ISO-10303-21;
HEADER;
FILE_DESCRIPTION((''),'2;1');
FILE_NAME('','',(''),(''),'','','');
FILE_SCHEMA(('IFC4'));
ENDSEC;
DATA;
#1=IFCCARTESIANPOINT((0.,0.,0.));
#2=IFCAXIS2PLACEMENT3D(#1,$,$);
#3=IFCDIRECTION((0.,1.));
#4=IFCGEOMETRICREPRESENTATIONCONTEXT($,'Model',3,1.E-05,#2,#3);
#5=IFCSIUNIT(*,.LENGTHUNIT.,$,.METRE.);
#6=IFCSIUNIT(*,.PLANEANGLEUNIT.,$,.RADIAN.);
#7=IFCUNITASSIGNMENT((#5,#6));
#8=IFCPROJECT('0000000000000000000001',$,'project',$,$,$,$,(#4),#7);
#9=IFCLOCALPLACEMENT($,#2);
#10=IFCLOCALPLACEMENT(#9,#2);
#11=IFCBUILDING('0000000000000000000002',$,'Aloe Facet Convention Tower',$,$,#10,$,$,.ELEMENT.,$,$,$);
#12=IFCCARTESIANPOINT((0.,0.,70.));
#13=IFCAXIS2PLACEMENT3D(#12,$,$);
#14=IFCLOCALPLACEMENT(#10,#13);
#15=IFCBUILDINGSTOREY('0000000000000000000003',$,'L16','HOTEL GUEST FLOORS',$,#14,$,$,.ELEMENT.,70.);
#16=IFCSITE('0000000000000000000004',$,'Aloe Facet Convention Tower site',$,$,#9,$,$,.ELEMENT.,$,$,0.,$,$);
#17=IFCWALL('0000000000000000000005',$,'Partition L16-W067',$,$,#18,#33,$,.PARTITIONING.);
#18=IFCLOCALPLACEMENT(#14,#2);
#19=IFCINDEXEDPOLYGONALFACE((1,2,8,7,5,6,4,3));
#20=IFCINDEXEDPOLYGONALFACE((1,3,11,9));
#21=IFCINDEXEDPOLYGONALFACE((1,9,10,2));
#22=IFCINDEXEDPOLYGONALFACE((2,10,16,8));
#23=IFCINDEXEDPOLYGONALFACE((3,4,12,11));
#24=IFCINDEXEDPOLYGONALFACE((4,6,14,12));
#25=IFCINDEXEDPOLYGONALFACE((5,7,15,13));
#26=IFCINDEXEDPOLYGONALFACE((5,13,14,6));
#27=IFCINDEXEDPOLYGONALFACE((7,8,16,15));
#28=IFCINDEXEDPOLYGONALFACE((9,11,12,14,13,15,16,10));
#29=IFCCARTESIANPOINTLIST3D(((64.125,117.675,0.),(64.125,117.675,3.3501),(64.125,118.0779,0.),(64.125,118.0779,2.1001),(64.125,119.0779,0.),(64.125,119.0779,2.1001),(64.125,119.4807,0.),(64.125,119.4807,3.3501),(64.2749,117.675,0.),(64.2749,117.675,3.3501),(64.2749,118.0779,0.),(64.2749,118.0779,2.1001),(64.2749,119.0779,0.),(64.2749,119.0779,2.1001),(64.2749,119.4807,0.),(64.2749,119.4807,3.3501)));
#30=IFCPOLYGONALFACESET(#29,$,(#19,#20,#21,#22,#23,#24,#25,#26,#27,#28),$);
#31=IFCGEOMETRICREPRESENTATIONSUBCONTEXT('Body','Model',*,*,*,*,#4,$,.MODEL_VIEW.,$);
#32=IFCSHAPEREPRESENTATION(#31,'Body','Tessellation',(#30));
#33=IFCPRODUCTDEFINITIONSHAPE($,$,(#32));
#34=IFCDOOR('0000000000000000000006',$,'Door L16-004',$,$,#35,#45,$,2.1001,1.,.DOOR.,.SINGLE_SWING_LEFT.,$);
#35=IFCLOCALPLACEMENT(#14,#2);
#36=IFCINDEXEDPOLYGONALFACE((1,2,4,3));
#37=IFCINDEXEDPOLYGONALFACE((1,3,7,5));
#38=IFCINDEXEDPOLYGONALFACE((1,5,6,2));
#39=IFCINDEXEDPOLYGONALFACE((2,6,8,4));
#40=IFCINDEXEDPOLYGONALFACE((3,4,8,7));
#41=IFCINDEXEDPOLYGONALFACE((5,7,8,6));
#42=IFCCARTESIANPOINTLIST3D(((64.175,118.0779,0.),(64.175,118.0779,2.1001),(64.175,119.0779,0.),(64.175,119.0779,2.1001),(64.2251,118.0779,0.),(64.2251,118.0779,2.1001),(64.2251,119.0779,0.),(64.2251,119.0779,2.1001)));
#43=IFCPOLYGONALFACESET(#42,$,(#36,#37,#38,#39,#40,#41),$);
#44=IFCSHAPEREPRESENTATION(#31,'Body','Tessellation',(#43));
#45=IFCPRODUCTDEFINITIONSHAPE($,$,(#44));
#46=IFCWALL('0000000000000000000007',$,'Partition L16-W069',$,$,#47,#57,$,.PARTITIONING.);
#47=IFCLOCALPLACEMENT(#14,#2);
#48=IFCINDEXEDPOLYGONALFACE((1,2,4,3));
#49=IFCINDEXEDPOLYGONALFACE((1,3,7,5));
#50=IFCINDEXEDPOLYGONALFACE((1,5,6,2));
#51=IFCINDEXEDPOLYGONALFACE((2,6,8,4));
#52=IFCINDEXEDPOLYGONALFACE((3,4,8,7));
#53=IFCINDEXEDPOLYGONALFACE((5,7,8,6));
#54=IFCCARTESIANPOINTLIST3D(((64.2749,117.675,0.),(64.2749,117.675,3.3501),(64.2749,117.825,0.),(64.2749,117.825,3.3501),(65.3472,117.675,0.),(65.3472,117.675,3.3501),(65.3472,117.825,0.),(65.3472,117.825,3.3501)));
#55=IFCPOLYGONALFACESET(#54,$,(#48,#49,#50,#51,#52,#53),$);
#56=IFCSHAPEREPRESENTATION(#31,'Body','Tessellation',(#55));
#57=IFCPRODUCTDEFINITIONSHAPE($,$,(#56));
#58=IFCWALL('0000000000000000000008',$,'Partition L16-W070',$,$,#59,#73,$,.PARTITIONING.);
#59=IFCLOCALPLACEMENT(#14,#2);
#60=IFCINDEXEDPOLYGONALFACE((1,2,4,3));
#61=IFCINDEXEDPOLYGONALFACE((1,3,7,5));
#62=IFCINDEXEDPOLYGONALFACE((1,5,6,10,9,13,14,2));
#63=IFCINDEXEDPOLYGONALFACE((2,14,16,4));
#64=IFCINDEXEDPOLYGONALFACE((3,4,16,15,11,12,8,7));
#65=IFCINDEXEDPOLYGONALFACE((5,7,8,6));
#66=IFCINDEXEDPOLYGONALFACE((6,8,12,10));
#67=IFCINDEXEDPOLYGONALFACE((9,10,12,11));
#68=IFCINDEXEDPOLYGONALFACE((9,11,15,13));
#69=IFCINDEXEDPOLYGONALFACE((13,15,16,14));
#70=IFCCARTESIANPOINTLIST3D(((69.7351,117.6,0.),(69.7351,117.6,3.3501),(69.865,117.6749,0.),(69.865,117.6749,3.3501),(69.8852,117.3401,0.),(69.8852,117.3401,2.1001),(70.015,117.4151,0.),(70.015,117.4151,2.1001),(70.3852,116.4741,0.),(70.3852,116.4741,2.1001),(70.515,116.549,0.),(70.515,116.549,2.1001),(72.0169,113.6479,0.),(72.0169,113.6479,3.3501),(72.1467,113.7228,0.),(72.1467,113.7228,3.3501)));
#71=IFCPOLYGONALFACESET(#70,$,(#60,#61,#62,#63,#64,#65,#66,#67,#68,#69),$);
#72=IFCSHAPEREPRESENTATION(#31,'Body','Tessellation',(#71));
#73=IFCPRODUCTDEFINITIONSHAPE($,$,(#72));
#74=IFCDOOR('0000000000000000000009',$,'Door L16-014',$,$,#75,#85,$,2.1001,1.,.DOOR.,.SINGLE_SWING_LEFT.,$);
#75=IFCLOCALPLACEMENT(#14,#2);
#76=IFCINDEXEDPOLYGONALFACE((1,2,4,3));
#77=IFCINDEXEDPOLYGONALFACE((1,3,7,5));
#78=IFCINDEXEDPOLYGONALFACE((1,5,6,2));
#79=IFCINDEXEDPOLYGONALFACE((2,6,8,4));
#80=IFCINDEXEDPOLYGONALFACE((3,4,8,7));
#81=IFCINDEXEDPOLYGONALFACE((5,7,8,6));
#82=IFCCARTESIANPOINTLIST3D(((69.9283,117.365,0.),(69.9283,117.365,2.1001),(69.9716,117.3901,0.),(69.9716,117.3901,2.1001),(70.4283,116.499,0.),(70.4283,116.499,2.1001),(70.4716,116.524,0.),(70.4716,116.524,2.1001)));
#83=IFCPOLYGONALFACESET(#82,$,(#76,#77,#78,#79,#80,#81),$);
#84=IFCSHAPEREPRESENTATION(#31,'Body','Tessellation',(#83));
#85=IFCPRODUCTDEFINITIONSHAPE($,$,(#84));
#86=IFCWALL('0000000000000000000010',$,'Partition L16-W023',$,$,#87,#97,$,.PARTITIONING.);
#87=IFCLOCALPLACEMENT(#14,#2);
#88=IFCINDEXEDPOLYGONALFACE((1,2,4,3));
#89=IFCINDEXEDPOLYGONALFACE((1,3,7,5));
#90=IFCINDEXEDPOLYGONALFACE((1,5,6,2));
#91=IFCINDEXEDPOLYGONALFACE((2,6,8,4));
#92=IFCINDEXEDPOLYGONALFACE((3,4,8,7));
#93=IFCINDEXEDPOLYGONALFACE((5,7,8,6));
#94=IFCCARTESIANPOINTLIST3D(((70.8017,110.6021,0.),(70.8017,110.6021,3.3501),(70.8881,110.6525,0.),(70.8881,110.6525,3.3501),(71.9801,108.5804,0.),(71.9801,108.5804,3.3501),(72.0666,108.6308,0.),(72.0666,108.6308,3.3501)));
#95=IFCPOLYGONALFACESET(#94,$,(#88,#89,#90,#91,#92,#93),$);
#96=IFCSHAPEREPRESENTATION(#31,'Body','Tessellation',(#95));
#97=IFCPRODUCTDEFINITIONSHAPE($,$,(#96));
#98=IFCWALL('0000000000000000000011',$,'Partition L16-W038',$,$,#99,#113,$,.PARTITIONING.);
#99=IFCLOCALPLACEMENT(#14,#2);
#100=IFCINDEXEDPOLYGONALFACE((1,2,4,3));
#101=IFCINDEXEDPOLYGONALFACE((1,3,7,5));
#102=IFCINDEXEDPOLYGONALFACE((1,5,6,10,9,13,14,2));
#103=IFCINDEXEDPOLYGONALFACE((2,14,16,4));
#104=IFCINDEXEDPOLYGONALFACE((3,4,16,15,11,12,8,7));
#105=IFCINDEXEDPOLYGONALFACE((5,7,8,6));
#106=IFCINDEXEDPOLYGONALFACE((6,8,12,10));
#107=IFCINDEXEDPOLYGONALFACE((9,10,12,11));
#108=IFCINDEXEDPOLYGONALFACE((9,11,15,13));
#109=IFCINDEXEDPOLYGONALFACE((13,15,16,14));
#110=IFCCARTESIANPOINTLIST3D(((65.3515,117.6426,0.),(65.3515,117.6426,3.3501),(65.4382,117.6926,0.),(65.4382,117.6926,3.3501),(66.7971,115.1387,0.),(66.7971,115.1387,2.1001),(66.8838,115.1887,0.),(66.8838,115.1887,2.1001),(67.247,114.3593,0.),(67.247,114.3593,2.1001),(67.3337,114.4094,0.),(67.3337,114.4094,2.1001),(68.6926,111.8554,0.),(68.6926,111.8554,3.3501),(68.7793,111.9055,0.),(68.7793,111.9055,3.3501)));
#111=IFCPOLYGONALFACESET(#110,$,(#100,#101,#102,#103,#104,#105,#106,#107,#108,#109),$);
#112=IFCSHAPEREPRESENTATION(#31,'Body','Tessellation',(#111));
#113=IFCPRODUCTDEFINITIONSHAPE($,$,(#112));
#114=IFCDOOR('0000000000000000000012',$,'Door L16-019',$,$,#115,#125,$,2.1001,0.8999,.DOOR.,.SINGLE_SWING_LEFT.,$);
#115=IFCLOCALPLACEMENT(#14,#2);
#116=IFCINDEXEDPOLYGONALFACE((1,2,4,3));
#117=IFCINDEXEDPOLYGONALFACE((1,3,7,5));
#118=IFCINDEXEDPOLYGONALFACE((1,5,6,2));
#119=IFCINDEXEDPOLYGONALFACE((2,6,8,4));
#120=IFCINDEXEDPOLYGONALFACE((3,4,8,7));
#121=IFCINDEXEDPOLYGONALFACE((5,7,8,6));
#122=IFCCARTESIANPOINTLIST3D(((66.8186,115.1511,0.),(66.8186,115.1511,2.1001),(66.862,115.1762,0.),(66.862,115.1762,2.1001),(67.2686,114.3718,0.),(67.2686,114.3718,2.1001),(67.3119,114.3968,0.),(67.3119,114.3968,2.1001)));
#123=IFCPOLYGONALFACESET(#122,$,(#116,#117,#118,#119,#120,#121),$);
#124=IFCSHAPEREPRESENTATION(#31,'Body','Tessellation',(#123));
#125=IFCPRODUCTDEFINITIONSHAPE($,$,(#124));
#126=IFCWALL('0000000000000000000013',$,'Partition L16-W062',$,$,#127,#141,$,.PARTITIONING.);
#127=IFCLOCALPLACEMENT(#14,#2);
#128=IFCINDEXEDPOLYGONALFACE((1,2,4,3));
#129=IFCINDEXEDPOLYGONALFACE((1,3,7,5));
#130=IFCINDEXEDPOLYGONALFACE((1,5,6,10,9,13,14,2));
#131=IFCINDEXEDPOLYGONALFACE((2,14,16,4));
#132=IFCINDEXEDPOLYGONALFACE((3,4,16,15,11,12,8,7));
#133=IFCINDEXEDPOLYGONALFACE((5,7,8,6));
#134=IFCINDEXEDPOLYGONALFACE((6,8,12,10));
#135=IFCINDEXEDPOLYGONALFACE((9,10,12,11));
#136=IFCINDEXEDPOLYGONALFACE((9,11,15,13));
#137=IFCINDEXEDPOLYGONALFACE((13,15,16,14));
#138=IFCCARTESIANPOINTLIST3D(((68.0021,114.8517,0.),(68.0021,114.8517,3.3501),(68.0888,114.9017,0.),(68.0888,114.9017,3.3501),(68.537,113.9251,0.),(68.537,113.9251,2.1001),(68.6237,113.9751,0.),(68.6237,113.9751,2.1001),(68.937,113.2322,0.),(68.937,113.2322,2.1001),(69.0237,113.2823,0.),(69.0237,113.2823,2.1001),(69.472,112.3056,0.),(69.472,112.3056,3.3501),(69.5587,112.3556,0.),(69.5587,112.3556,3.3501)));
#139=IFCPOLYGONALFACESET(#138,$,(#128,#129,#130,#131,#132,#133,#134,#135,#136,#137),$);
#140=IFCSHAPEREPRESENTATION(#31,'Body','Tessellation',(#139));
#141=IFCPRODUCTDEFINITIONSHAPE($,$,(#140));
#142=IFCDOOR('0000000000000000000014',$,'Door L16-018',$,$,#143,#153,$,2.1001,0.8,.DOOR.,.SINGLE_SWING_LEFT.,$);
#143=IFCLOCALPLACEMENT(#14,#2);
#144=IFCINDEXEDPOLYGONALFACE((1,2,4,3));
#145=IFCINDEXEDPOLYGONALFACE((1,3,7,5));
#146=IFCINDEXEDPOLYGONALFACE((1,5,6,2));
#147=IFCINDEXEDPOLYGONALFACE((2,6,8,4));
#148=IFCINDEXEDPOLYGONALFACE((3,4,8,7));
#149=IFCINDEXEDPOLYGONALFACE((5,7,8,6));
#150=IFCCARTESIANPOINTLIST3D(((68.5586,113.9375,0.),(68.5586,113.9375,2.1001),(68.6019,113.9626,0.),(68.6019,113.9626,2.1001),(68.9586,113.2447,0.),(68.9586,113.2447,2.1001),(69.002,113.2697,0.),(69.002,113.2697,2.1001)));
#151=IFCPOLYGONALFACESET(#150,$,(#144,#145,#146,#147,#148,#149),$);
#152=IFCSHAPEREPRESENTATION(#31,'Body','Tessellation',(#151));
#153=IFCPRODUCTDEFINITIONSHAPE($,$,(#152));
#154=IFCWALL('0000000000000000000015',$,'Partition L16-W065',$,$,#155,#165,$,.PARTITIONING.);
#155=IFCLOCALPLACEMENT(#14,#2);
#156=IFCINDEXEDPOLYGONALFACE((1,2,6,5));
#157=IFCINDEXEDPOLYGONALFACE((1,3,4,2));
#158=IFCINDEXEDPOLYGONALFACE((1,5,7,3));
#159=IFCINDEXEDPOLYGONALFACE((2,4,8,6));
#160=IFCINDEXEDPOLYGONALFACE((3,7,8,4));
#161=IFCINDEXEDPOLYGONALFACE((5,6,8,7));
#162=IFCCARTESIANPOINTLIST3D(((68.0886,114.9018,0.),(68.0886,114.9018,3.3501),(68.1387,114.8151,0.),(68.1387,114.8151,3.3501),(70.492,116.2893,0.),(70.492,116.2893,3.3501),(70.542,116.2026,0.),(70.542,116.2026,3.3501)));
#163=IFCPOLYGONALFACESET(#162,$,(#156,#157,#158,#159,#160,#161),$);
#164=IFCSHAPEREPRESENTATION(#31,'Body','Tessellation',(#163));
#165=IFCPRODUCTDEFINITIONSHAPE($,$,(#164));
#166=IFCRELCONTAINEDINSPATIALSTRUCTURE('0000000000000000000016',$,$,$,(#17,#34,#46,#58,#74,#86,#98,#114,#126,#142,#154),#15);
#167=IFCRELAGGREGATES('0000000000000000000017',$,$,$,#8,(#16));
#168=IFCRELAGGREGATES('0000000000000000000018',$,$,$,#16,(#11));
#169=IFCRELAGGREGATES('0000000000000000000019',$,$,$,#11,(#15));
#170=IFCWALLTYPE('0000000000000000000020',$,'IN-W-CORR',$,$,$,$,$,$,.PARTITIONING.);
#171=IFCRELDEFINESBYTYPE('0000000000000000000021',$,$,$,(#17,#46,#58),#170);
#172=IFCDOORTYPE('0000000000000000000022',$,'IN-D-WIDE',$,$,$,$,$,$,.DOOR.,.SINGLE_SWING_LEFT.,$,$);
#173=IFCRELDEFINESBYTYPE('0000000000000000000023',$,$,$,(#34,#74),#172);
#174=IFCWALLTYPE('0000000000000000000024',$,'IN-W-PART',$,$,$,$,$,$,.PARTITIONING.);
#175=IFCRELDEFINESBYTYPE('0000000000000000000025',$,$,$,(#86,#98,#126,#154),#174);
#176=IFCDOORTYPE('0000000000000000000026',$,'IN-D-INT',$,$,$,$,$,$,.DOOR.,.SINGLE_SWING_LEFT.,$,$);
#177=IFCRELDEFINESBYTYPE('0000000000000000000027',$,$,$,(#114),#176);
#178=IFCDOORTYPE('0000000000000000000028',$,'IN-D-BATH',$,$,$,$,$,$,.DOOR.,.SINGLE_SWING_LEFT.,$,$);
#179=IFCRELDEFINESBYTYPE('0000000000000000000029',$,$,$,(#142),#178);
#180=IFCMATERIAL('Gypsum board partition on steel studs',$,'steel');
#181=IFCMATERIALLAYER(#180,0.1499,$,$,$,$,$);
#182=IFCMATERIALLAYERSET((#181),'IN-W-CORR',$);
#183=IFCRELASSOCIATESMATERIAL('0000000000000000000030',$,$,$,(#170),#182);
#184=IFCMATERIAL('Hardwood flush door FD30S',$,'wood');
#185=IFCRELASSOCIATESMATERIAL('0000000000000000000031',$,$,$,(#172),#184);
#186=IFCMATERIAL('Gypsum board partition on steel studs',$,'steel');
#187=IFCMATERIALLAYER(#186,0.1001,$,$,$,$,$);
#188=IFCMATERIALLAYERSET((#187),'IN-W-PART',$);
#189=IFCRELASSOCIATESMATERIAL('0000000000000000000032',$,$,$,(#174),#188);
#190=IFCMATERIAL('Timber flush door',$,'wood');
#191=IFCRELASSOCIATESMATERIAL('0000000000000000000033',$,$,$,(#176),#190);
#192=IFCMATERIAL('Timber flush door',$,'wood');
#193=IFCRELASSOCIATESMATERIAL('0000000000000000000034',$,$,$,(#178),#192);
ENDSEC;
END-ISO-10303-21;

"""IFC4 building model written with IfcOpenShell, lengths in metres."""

from ifc_helpers import new_model, si_unit, direction, frame, frame_2d, origin, place, context, subcontext, project, spatial, rectangle, extrude, material, layer, layer_set, type_object, element, fill, save


model = new_model("IFC4")

# Units and contexts
model_context = context("Model", 3, precision=1e-05, world=origin(), true_north=direction((0.0, 1.0)))
body_context = subcontext(model_context, "Body", "Model", "MODEL_VIEW")
ifc_project = project(units=[si_unit("LENGTHUNIT", "METRE"), si_unit("PLANEANGLEUNIT", "RADIAN")], contexts=[model_context])

# Site, building, storey
site_placement = place(None, origin())
site = spatial("IfcSite", under=ifc_project, at=site_placement, Name="Aloe Facet Convention Tower site", CompositionType="ELEMENT", RefElevation=0.0)
building_placement = place(site_placement, origin())
building = spatial("IfcBuilding", under=site, at=building_placement, Name="Aloe Facet Convention Tower", CompositionType="ELEMENT")
storey_placement = place(building_placement, frame((0.0, 0.0, 70.0)))
storey = spatial("IfcBuildingStorey", under=building, at=storey_placement, Name="L16", Description="HOTEL GUEST FLOORS", CompositionType="ELEMENT", Elevation=70.0)

# Wall, opening, door
ifc_material_1 = material(Name="Gypsum board partition on steel studs", Category="steel")
ifc_layer_1 = layer(ifc_material_1, 0.1499)
ifc_layer_set_1 = layer_set([ifc_layer_1], Name="IN-W-CORR")
wall_type_1 = type_object("IfcWallType", Name="IN-W-CORR", PredefinedType="PARTITIONING", material=ifc_layer_set_1)
wall_1_placement = place(storey_placement, frame((64.2, 117.675, 0.0), z_axis=(0.0, 0.0, 1.0), x_axis=(0.0, 1.0, 0.0)))
wall_1 = element("IfcWall", 1, at=wall_1_placement, inside=storey, type_object=wall_type_1, Name="Partition L16-W067", PredefinedType="PARTITIONING", context=body_context, shape_type="SweptSolid", body=[
    extrude(rectangle(XDim=1.8057, YDim=0.1499, at=frame_2d((0.9028, 0.0))), origin(), (0.0, 0.0, 1.0), 3.3501),
])
opening_1_placement = place(wall_1_placement, frame((0.4028, 0.0, 0.0)))
opening_1 = element("IfcOpeningElement", 2, at=opening_1_placement, cuts=wall_1, PredefinedType="OPENING", context=body_context, shape_type="SweptSolid", body=[
    extrude(rectangle(XDim=1.0, YDim=2.1001, at=frame_2d((0.5, 1.05))), frame((0.0, 0.085, 0.0), z_axis=(0.0, -1.0, 0.0), x_axis=(1.0, 0.0, 0.0)), (0.0, 0.0, 1.0), 0.1699),
])
ifc_material_2 = material(Name="Hardwood flush door FD30S", Category="wood")
door_type_1 = type_object("IfcDoorType", Name="IN-D-WIDE", OperationType="SINGLE_SWING_LEFT", PredefinedType="DOOR", material=ifc_material_2)
door_1_placement = place(opening_1_placement, origin())
door_1 = element("IfcDoor", 3, at=door_1_placement, inside=storey, type_object=door_type_1, Name="Door L16-004", OperationType="SINGLE_SWING_LEFT", OverallHeight=2.1001, OverallWidth=1.0, PredefinedType="DOOR", context=body_context, shape_type="SweptSolid", body=[
    extrude(rectangle(XDim=1.0, YDim=2.1001, at=frame_2d((0.5, 1.05))), frame((0.0, 0.0249, 0.0), z_axis=(0.0, -1.0, 0.0), x_axis=(1.0, 0.0, 0.0)), (0.0, 0.0, 1.0), 0.05),
])
fill(opening_1, door_1)

# Wall
wall_2_placement = place(storey_placement, frame((64.2749, 117.75, 0.0), z_axis=(0.0, 0.0, 1.0), x_axis=(1.0, 0.0, 0.0)))
element("IfcWall", 4, at=wall_2_placement, inside=storey, type_object=wall_type_1, Name="Partition L16-W069", PredefinedType="PARTITIONING", context=body_context, shape_type="SweptSolid", body=[
    extrude(rectangle(XDim=1.0723, YDim=0.1499, at=frame_2d((0.5361, 0.0))), origin(), (0.0, 0.0, 1.0), 3.3501),
])

# Wall, opening, door
wall_3_placement = place(storey_placement, frame((69.8, 117.6375, 0.0), z_axis=(0.0, 0.0, 1.0), x_axis=(0.499994, -0.866029, 0.0)))
wall_3 = element("IfcWall", 5, at=wall_3_placement, inside=storey, type_object=wall_type_1, Name="Partition L16-W070", PredefinedType="PARTITIONING", context=body_context, shape_type="SweptSolid", body=[
    extrude(rectangle(XDim=4.5635, YDim=0.1499, at=frame_2d((2.2817, 0.0))), origin(), (0.0, 0.0, 1.0), 3.3501),
])
opening_2_placement = place(wall_3_placement, frame((0.3, 0.0, 0.0)))
opening_2 = element("IfcOpeningElement", 6, at=opening_2_placement, cuts=wall_3, PredefinedType="OPENING", context=body_context, shape_type="SweptSolid", body=[
    extrude(rectangle(XDim=1.0, YDim=2.1001, at=frame_2d((0.5, 1.05))), frame((0.0, 0.085, 0.0), z_axis=(0.0, -1.0, 0.0), x_axis=(1.0, 0.0, 0.0)), (0.0, 0.0, 1.0), 0.1699),
])
door_2_placement = place(opening_2_placement, origin())
door_2 = element("IfcDoor", 7, at=door_2_placement, inside=storey, type_object=door_type_1, Name="Door L16-014", OperationType="SINGLE_SWING_LEFT", OverallHeight=2.1001, OverallWidth=1.0, PredefinedType="DOOR", context=body_context, shape_type="SweptSolid", body=[
    extrude(rectangle(XDim=1.0, YDim=2.1001, at=frame_2d((0.5, 1.05))), frame((0.0, 0.0249, 0.0), z_axis=(0.0, -1.0, 0.0), x_axis=(1.0, 0.0, 0.0)), (0.0, 0.0, 1.0), 0.05),
])
fill(opening_2, door_2)

# Wall
ifc_material_3 = material(Name="Gypsum board partition on steel studs", Category="steel")
ifc_layer_2 = layer(ifc_material_3, 0.1001)
ifc_layer_set_2 = layer_set([ifc_layer_2], Name="IN-W-PART")
wall_type_2 = type_object("IfcWallType", Name="IN-W-PART", PredefinedType="PARTITIONING", material=ifc_layer_set_2)
wall_4_placement = place(storey_placement, frame((70.845, 110.6272, 0.0), z_axis=(0.0, 0.0, 1.0), x_axis=(0.503592, -0.863942, 0.0)))
element("IfcWall", 8, at=wall_4_placement, inside=storey, type_object=wall_type_2, Name="Partition L16-W023", PredefinedType="PARTITIONING", context=body_context, shape_type="SweptSolid", body=[
    extrude(rectangle(XDim=2.3401, YDim=0.1001, at=frame_2d((1.1699, 0.0))), origin(), (0.0, 0.0, 1.0), 3.3501),
])

# Walls, openings, doors
wall_5_placement = place(storey_placement, frame((65.3948, 117.6677, 0.0), z_axis=(0.0, 0.0, 1.0), x_axis=(0.499986, -0.866033, 0.0)))
wall_5 = element("IfcWall", 9, at=wall_5_placement, inside=storey, type_object=wall_type_2, Name="Partition L16-W038", PredefinedType="PARTITIONING", context=body_context, shape_type="SweptSolid", body=[
    extrude(rectangle(XDim=6.6824, YDim=0.1001, at=frame_2d((3.3413, 0.0))), origin(), (0.0, 0.0, 1.0), 3.3501),
])
opening_3_placement = place(wall_5_placement, frame((2.8914, 0.0, 0.0)))
opening_3 = element("IfcOpeningElement", 10, at=opening_3_placement, cuts=wall_5, PredefinedType="OPENING", context=body_context, shape_type="SweptSolid", body=[
    extrude(rectangle(XDim=0.8999, YDim=2.1001, at=frame_2d((0.45, 1.05))), frame((0.0, 0.0601, 0.0), z_axis=(0.0, -1.0, 0.0), x_axis=(1.0, 0.0, 0.0)), (0.0, 0.0, 1.0), 0.1201),
])
ifc_material_4 = material(Name="Timber flush door", Category="wood")
door_type_2 = type_object("IfcDoorType", Name="IN-D-INT", OperationType="SINGLE_SWING_LEFT", PredefinedType="DOOR", material=ifc_material_4)
door_3_placement = place(opening_3_placement, origin())
door_3 = element("IfcDoor", 11, at=door_3_placement, inside=storey, type_object=door_type_2, Name="Door L16-019", OperationType="SINGLE_SWING_LEFT", OverallHeight=2.1001, OverallWidth=0.8999, PredefinedType="DOOR", context=body_context, shape_type="SweptSolid", body=[
    extrude(rectangle(XDim=0.8999, YDim=2.1001, at=frame_2d((0.45, 1.05))), frame((0.0, 0.0249, 0.0), z_axis=(0.0, -1.0, 0.0), x_axis=(1.0, 0.0, 0.0)), (0.0, 0.0, 1.0), 0.05),
])
fill(opening_3, door_3)
wall_6_placement = place(storey_placement, frame((68.0454, 114.8767, 0.0), z_axis=(0.0, 0.0, 1.0), x_axis=(0.499988, -0.866032, 0.0)))
wall_6 = element("IfcWall", 12, at=wall_6_placement, inside=storey, type_object=wall_type_2, Name="Partition L16-W062", PredefinedType="PARTITIONING", context=body_context, shape_type="SweptSolid", body=[
    extrude(rectangle(XDim=2.9399, YDim=0.1001, at=frame_2d((1.47, 0.0))), origin(), (0.0, 0.0, 1.0), 3.3501),
])
opening_4_placement = place(wall_6_placement, frame((1.0701, 0.0, 0.0)))
opening_4 = element("IfcOpeningElement", 13, at=opening_4_placement, cuts=wall_6, PredefinedType="OPENING", context=body_context, shape_type="SweptSolid", body=[
    extrude(rectangle(XDim=0.8, YDim=2.1001, at=frame_2d((0.3999, 1.05))), frame((0.0, 0.0601, 0.0), z_axis=(0.0, -1.0, 0.0), x_axis=(1.0, 0.0, 0.0)), (0.0, 0.0, 1.0), 0.1201),
])
ifc_material_5 = material(Name="Timber flush door", Category="wood")
door_type_3 = type_object("IfcDoorType", Name="IN-D-BATH", OperationType="SINGLE_SWING_LEFT", PredefinedType="DOOR", material=ifc_material_5)
door_4_placement = place(opening_4_placement, origin())
door_4 = element("IfcDoor", 14, at=door_4_placement, inside=storey, type_object=door_type_3, Name="Door L16-018", OperationType="SINGLE_SWING_LEFT", OverallHeight=2.1001, OverallWidth=0.8, PredefinedType="DOOR", context=body_context, shape_type="SweptSolid", body=[
    extrude(rectangle(XDim=0.8, YDim=2.1001, at=frame_2d((0.3999, 1.05))), frame((0.0, 0.0249, 0.0), z_axis=(0.0, -1.0, 0.0), x_axis=(1.0, 0.0, 0.0)), (0.0, 0.0, 1.0), 0.05),
])
fill(opening_4, door_4)

# Wall
wall_7_placement = place(storey_placement, frame((68.1135, 114.8584, 0.0), z_axis=(0.0, 0.0, 1.0), x_axis=(0.866042, 0.499971, 0.0)))
element("IfcWall", 15, at=wall_7_placement, inside=storey, type_object=wall_type_2, Name="Partition L16-W065", PredefinedType="PARTITIONING", context=body_context, shape_type="SweptSolid", body=[
    extrude(rectangle(XDim=2.7751, YDim=0.1001, at=frame_2d((1.3877, 0.0))), origin(), (0.0, 0.0, 1.0), 3.3501),
])

save(model, "model.ifc")
